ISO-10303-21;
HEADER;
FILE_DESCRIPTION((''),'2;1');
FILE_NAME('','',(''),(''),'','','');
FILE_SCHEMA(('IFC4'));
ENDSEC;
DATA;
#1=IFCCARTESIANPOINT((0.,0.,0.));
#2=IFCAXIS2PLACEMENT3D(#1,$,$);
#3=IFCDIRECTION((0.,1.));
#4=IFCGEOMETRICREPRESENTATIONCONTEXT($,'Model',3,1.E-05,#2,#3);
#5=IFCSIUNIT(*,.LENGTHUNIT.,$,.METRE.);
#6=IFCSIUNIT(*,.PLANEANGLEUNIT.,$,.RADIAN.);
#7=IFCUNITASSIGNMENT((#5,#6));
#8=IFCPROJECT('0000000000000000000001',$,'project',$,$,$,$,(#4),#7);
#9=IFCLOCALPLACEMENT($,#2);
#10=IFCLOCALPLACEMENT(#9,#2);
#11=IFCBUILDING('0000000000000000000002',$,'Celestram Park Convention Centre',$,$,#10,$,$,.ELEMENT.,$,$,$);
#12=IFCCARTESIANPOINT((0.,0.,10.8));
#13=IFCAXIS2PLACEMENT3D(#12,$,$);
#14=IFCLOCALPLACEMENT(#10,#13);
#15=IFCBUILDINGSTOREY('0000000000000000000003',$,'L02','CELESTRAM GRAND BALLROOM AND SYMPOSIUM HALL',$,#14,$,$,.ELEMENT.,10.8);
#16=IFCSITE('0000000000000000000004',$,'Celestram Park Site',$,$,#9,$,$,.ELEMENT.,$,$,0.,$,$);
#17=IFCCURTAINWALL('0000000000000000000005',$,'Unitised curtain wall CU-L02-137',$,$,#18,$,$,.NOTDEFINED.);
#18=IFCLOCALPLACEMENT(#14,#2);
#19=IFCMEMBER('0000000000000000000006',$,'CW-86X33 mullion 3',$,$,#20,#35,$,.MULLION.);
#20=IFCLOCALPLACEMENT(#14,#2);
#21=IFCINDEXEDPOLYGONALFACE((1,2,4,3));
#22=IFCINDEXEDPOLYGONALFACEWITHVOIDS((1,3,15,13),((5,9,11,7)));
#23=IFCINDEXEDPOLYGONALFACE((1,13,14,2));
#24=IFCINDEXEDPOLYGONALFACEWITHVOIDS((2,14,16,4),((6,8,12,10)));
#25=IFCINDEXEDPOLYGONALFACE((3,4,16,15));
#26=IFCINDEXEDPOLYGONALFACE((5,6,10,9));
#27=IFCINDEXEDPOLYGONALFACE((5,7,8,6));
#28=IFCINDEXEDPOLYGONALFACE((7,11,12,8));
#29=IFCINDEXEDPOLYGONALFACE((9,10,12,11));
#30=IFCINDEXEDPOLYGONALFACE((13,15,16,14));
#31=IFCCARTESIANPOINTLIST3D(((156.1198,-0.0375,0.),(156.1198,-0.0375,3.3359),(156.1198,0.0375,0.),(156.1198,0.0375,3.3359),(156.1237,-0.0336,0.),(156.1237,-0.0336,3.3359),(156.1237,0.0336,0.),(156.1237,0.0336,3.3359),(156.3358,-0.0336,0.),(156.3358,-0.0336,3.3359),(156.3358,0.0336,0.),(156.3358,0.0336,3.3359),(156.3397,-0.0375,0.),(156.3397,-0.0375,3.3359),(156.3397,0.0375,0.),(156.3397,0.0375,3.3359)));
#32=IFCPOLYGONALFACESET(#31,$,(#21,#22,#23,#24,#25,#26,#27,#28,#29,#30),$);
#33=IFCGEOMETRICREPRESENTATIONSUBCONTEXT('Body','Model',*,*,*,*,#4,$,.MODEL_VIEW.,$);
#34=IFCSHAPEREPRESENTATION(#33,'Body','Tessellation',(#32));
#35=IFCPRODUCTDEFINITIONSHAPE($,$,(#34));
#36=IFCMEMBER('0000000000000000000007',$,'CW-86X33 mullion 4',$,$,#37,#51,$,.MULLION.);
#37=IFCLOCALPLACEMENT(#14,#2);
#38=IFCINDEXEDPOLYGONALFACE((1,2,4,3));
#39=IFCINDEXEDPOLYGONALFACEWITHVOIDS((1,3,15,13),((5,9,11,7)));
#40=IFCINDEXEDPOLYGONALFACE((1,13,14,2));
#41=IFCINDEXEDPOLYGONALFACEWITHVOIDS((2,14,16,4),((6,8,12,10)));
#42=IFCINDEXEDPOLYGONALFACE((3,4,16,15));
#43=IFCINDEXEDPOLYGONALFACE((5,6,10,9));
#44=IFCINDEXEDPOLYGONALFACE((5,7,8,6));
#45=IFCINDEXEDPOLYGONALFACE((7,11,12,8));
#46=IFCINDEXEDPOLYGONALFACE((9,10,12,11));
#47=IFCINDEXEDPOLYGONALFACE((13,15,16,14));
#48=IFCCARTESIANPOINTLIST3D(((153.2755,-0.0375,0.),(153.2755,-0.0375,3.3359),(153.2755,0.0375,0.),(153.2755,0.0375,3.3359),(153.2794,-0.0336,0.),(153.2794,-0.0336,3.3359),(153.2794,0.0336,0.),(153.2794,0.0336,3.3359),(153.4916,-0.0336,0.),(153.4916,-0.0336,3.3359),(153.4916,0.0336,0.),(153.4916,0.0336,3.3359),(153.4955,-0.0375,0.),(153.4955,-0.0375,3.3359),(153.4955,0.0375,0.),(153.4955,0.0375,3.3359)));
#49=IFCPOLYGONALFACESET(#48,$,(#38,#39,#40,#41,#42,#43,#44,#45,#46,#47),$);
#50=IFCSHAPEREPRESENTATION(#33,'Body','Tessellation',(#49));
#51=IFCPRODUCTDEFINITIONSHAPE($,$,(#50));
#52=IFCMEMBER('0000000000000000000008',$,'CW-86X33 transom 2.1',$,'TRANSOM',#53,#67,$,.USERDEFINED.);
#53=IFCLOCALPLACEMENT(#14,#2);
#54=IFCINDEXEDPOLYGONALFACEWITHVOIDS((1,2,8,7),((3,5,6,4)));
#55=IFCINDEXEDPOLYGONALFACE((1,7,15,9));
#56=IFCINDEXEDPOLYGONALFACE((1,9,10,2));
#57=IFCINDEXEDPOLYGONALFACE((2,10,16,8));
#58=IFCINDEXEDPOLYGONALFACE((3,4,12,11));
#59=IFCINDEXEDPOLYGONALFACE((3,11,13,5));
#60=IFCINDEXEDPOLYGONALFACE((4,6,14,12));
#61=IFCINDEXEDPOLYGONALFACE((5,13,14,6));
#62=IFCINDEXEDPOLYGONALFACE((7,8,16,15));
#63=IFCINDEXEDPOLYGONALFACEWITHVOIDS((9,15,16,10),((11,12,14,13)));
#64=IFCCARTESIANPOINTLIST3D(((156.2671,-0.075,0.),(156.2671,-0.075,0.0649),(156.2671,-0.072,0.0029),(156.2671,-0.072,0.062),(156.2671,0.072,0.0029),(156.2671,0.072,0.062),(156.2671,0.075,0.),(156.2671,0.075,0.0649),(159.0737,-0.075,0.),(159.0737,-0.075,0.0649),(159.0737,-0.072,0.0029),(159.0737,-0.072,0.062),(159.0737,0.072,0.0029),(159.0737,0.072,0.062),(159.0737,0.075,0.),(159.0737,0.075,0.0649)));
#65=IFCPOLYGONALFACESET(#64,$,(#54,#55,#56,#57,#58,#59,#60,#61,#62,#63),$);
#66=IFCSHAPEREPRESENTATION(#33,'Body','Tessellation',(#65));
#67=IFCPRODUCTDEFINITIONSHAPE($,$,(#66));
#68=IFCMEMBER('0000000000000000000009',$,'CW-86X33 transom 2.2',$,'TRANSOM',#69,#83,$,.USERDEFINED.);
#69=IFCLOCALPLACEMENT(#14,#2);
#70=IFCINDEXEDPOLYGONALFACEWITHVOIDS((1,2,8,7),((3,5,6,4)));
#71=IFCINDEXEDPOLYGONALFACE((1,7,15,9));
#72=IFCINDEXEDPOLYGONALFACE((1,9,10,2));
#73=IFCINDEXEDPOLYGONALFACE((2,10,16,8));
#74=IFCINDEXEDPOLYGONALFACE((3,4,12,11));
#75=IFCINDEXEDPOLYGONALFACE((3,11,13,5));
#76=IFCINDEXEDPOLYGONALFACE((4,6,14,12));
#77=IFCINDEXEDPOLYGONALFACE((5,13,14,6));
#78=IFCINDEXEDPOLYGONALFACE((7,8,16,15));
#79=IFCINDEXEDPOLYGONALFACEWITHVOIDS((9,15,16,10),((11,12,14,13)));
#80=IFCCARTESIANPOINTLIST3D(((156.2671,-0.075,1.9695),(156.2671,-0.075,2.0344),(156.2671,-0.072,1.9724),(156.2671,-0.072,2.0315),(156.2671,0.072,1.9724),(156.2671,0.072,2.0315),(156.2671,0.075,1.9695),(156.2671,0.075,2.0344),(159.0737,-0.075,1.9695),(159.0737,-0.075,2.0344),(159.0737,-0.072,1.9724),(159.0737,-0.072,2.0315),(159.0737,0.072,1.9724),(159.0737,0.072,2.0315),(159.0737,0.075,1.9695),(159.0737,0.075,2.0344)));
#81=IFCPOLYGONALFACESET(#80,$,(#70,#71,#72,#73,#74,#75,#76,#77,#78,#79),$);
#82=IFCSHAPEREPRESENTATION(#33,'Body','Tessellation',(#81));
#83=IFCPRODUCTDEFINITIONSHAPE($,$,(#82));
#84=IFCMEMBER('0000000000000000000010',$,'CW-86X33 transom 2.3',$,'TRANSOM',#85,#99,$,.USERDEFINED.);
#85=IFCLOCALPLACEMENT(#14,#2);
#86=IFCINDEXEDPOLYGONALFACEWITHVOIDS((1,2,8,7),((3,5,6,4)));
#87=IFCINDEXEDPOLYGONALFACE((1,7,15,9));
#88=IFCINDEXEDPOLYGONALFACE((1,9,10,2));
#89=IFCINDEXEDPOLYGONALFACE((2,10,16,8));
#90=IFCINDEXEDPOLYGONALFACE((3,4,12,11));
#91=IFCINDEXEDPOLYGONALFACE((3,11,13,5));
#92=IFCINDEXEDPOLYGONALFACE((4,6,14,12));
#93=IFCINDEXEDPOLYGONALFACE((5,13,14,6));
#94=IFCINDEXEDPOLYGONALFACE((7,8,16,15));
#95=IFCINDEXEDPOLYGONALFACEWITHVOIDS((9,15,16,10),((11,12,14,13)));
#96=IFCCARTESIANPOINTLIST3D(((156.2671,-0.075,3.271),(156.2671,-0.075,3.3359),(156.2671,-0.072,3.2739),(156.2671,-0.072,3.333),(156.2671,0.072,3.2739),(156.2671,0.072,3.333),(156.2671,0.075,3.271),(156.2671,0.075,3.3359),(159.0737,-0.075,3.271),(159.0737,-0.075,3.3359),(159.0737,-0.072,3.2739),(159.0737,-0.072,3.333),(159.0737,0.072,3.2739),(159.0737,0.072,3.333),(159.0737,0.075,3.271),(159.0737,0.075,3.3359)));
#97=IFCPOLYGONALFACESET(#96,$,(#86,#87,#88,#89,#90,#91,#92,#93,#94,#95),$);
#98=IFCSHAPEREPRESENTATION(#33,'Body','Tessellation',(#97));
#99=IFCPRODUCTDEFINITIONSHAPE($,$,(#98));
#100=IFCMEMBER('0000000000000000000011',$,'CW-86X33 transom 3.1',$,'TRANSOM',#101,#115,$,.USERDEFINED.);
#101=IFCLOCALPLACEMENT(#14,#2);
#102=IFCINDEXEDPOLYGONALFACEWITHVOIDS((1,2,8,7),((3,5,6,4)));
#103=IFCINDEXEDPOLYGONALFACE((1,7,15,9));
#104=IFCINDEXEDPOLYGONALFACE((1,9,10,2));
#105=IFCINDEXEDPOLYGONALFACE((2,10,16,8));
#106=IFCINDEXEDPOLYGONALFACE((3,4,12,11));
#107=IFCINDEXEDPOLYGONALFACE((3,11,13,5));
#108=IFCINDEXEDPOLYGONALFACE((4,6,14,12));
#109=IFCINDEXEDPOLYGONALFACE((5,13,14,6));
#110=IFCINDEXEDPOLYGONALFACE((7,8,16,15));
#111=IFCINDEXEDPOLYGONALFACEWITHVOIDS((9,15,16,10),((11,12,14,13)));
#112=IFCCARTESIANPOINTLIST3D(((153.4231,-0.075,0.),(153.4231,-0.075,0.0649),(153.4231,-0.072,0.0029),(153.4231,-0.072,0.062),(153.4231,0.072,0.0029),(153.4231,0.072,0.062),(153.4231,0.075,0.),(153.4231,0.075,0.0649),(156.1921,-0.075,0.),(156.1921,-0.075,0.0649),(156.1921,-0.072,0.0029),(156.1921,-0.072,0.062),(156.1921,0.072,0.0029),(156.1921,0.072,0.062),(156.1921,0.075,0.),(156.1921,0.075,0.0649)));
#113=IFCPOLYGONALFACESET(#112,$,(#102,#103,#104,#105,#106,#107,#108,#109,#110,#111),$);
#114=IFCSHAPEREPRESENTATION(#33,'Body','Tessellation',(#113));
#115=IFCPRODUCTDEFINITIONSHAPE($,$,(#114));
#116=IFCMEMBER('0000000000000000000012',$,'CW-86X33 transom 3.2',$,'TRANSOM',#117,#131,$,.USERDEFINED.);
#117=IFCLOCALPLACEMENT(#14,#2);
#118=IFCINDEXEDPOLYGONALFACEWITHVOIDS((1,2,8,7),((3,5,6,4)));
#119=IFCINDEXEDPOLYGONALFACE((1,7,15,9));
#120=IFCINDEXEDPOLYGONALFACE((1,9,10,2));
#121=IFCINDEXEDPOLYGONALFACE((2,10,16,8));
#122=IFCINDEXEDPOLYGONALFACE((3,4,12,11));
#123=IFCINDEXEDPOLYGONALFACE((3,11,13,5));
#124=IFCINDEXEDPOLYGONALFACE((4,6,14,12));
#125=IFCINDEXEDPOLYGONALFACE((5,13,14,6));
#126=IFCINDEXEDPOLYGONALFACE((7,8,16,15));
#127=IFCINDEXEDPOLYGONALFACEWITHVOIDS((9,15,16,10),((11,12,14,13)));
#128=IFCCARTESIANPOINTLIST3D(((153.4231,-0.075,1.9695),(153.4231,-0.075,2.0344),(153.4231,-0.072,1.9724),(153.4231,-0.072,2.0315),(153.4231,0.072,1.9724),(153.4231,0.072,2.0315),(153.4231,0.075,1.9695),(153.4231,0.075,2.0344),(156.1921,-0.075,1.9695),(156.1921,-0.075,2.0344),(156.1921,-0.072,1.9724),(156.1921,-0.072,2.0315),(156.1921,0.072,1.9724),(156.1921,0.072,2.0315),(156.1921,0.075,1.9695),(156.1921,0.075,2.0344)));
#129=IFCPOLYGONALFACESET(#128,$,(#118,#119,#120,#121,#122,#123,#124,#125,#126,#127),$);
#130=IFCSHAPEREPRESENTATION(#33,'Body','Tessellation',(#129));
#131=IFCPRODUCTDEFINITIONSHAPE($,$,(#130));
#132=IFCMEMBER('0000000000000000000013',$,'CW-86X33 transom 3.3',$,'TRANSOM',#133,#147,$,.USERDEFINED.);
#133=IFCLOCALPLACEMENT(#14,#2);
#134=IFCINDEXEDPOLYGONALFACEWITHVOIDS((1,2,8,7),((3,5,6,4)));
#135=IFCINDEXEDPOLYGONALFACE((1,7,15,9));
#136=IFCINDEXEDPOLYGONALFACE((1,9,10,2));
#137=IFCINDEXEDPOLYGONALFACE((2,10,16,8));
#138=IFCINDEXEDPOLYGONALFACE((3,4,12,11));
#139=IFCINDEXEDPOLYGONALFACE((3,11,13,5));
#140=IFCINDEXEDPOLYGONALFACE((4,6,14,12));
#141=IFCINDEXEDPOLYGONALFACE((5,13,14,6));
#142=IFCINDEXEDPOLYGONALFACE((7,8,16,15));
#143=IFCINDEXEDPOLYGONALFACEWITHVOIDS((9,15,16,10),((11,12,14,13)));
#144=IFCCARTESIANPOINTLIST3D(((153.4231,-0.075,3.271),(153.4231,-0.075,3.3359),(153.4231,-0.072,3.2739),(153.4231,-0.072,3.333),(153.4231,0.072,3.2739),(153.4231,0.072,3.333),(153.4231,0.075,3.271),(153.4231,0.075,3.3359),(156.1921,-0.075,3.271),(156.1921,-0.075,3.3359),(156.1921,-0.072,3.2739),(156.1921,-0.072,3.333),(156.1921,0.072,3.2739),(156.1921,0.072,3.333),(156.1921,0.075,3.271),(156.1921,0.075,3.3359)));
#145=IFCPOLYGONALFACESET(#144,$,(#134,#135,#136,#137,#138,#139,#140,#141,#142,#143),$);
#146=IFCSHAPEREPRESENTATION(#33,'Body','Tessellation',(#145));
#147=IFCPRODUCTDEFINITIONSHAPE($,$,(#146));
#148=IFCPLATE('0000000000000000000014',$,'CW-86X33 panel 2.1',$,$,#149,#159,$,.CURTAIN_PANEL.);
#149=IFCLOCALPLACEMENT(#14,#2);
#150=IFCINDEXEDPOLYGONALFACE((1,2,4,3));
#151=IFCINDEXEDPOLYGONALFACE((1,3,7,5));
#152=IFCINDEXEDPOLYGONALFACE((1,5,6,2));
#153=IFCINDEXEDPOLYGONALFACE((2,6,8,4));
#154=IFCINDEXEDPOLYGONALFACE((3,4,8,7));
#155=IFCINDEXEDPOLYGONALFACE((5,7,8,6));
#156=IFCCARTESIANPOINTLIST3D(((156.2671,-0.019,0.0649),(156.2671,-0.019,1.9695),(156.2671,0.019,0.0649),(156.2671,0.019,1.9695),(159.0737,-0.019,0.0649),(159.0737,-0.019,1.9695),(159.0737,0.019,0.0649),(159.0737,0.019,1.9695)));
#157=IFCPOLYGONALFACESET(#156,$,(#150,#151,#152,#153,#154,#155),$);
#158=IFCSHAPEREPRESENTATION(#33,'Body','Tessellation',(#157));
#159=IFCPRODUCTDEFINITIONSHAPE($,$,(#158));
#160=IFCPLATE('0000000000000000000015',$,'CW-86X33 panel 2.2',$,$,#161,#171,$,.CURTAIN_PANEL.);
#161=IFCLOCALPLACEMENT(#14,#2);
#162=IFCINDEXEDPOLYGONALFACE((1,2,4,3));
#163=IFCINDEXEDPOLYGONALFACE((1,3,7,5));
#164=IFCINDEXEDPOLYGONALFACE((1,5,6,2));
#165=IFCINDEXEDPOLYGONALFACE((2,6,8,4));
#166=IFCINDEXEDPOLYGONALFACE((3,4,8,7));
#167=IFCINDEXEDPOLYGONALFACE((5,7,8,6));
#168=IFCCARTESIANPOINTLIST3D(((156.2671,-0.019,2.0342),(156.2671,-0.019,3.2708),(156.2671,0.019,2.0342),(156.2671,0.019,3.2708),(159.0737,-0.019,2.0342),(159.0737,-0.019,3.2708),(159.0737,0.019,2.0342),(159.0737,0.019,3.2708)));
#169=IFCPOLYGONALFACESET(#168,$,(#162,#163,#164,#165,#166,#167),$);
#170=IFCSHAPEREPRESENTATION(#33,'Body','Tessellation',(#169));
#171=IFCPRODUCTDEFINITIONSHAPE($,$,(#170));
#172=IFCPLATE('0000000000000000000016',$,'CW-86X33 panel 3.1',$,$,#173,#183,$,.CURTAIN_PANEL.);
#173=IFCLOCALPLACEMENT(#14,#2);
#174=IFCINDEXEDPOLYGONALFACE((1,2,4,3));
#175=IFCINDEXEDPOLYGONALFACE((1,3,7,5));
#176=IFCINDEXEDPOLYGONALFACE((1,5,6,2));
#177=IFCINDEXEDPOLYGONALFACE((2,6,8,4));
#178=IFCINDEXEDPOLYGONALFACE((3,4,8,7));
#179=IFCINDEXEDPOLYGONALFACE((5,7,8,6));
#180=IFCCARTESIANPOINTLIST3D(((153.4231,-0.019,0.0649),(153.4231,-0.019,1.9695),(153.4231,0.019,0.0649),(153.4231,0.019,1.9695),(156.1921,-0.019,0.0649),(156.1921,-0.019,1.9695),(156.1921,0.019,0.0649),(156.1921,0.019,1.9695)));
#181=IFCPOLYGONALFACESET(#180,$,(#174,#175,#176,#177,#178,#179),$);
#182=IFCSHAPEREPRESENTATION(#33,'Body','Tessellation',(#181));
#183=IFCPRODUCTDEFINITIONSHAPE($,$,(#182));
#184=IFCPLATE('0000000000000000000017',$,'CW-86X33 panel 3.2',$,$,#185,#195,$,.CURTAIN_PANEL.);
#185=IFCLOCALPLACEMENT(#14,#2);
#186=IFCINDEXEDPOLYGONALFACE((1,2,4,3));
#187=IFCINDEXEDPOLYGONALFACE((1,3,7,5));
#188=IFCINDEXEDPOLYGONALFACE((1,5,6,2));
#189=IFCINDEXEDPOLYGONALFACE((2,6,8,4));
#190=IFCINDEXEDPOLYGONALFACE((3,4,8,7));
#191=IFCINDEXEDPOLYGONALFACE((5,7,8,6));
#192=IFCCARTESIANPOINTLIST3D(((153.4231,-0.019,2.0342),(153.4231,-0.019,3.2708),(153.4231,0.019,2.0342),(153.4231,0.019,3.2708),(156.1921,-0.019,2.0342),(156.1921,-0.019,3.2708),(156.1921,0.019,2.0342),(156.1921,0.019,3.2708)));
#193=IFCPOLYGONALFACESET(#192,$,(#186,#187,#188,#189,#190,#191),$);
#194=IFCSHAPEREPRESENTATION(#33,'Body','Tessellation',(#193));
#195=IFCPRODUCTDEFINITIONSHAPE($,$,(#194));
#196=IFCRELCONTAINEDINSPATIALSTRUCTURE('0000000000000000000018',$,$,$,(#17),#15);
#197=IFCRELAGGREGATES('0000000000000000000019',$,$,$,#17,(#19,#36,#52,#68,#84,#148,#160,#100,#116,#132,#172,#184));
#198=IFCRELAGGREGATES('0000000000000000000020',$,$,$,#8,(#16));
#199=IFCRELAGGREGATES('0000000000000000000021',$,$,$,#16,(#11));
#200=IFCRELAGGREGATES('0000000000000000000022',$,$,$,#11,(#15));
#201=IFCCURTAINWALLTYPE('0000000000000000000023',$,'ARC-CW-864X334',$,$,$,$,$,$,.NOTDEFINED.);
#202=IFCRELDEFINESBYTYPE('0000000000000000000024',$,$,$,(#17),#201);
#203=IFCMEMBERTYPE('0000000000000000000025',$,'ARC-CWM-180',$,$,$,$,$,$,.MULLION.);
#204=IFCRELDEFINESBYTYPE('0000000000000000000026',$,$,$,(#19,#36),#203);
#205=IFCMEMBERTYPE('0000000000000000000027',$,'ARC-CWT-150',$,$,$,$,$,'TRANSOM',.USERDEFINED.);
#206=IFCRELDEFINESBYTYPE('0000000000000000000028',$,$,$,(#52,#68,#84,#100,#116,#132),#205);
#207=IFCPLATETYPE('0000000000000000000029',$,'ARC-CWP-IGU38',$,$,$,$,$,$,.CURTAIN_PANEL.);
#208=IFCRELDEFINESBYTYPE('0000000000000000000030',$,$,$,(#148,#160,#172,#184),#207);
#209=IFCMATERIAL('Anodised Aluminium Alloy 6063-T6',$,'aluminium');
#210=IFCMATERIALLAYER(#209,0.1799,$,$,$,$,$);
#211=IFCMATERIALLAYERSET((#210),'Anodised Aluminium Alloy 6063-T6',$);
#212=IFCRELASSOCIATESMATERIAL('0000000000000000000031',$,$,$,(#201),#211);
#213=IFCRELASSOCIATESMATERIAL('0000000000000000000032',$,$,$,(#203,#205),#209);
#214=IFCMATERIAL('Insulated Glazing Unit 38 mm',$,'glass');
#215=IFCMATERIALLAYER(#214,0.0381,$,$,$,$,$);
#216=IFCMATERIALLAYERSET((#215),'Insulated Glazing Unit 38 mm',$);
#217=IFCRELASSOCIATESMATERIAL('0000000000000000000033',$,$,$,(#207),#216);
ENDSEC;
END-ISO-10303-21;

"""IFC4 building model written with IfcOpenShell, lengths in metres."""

from ifc_helpers import new_model, si_unit, direction, frame, origin, origin_2d, place, context, subcontext, project, spatial, rectangle, hollow_rectangle, extrude, material, layer, layer_set, material_profile, profile_set, type_object, element, aggregate, save


model = new_model("IFC4")

# Units and contexts
model_context = context("Model", 3, precision=1e-05, world=origin(), true_north=direction((0.0, 1.0)))
body_context = subcontext(model_context, "Body", "Model", "MODEL_VIEW")
ifc_project = project(units=[si_unit("LENGTHUNIT", "METRE"), si_unit("PLANEANGLEUNIT", "RADIAN")], contexts=[model_context])

# Site, building, storey
site_placement = place(None, origin())
site = spatial("IfcSite", under=ifc_project, at=site_placement, Name="Celestram Park Site", CompositionType="ELEMENT", RefElevation=0.0)
building_placement = place(site_placement, origin())
building = spatial("IfcBuilding", under=site, at=building_placement, Name="Celestram Park Convention Centre", CompositionType="ELEMENT")
storey_placement = place(building_placement, frame((0.0, 0.0, 10.8)))
storey = spatial("IfcBuildingStorey", under=building, at=storey_placement, Name="L02", Description="CELESTRAM GRAND BALLROOM AND SYMPOSIUM HALL", CompositionType="ELEMENT", Elevation=10.8)

# Curtain wall, members, plates
ifc_material_1 = material(Name="Anodised Aluminium Alloy 6063-T6", Category="aluminium")
ifc_layer_1 = layer(ifc_material_1, 0.1799)
ifc_layer_set_1 = layer_set([ifc_layer_1], Name="Anodised Aluminium Alloy 6063-T6")
curtain_wall_type = type_object("IfcCurtainWallType", Name="ARC-CW-864X334", PredefinedType="NOTDEFINED", material=ifc_layer_set_1)
curtain_wall_placement = place(storey_placement, origin())
curtain_wall = element("IfcCurtainWall", 1, at=curtain_wall_placement, inside=storey, type_object=curtain_wall_type, Name="Unitised curtain wall CU-L02-137", PredefinedType="NOTDEFINED")
ifc_material_profile_1 = material_profile(ifc_material_1, hollow_rectangle(XDim=0.075, YDim=0.22, WallThickness=0.0039, at=origin_2d()), Name="ALU75X220X4")
ifc_profile_set_1 = profile_set([ifc_material_profile_1], Name="Anodised Aluminium Alloy 6063-T6")
member_type_1 = type_object("IfcMemberType", Name="ARC-CWM-180", PredefinedType="MULLION", material=ifc_profile_set_1)
member_1_placement = place(storey_placement, frame((156.2297, 0.0, 0.0), z_axis=(0.0, 0.0, 1.0), x_axis=(0.0, -1.0, 0.0)))
member_1 = element("IfcMember", 2, at=member_1_placement, type_object=member_type_1, Name="CW-86X33 mullion 3", PredefinedType="MULLION", context=body_context, shape_type="SweptSolid", body=[
    extrude(hollow_rectangle(XDim=0.075, YDim=0.22, WallThickness=0.0039, at=origin_2d()), origin(), (0.0, 0.0, 1.0), 3.3359),
])
member_2_placement = place(storey_placement, frame((153.3855, 0.0, 0.0), z_axis=(0.0, 0.0, 1.0), x_axis=(0.0, -1.0, 0.0)))
member_2 = element("IfcMember", 3, at=member_2_placement, type_object=member_type_1, Name="CW-86X33 mullion 4", PredefinedType="MULLION", context=body_context, shape_type="SweptSolid", body=[
    extrude(hollow_rectangle(XDim=0.075, YDim=0.22, WallThickness=0.0039, at=origin_2d()), origin(), (0.0, 0.0, 1.0), 3.3359),
])
ifc_material_profile_2 = material_profile(ifc_material_1, hollow_rectangle(XDim=0.1499, YDim=0.0649, WallThickness=0.0029, at=origin_2d()), Name="ALU150X65X3")
ifc_profile_set_2 = profile_set([ifc_material_profile_2], Name="Anodised Aluminium Alloy 6063-T6")
member_type_2 = type_object("IfcMemberType", Name="ARC-CWT-150", ElementType="TRANSOM", PredefinedType="USERDEFINED", material=ifc_profile_set_2)
member_3_placement = place(storey_placement, frame((159.0737, 0.0, 0.0325), z_axis=(-1.0, 0.0, 0.0), x_axis=(0.0, -1.0, 0.0)))
member_3 = element("IfcMember", 4, at=member_3_placement, type_object=member_type_2, Name="CW-86X33 transom 2.1", ObjectType="TRANSOM", PredefinedType="USERDEFINED", context=body_context, shape_type="SweptSolid", body=[
    extrude(hollow_rectangle(XDim=0.1499, YDim=0.0649, WallThickness=0.0029, at=origin_2d()), origin(), (0.0, 0.0, 1.0), 2.8066),
])
member_4_placement = place(storey_placement, frame((159.0737, 0.0, 2.002), z_axis=(-1.0, 0.0, 0.0), x_axis=(0.0, -1.0, 0.0)))
member_4 = element("IfcMember", 5, at=member_4_placement, type_object=member_type_2, Name="CW-86X33 transom 2.2", ObjectType="TRANSOM", PredefinedType="USERDEFINED", context=body_context, shape_type="SweptSolid", body=[
    extrude(hollow_rectangle(XDim=0.1499, YDim=0.0649, WallThickness=0.0029, at=origin_2d()), origin(), (0.0, 0.0, 1.0), 2.8066),
])
member_5_placement = place(storey_placement, frame((159.0737, 0.0, 3.3035), z_axis=(-1.0, 0.0, 0.0), x_axis=(0.0, -1.0, 0.0)))
member_5 = element("IfcMember", 6, at=member_5_placement, type_object=member_type_2, Name="CW-86X33 transom 2.3", ObjectType="TRANSOM", PredefinedType="USERDEFINED", context=body_context, shape_type="SweptSolid", body=[
    extrude(hollow_rectangle(XDim=0.1499, YDim=0.0649, WallThickness=0.0029, at=origin_2d()), origin(), (0.0, 0.0, 1.0), 2.8066),
])
member_6_placement = place(storey_placement, frame((156.1921, 0.0, 0.0325), z_axis=(-1.0, 0.0, 0.0), x_axis=(0.0, -1.0, 0.0)))
member_6 = element("IfcMember", 7, at=member_6_placement, type_object=member_type_2, Name="CW-86X33 transom 3.1", ObjectType="TRANSOM", PredefinedType="USERDEFINED", context=body_context, shape_type="SweptSolid", body=[
    extrude(hollow_rectangle(XDim=0.1499, YDim=0.0649, WallThickness=0.0029, at=origin_2d()), origin(), (0.0, 0.0, 1.0), 2.769),
])
member_7_placement = place(storey_placement, frame((156.1921, 0.0, 2.002), z_axis=(-1.0, 0.0, 0.0), x_axis=(0.0, -1.0, 0.0)))
member_7 = element("IfcMember", 8, at=member_7_placement, type_object=member_type_2, Name="CW-86X33 transom 3.2", ObjectType="TRANSOM", PredefinedType="USERDEFINED", context=body_context, shape_type="SweptSolid", body=[
    extrude(hollow_rectangle(XDim=0.1499, YDim=0.0649, WallThickness=0.0029, at=origin_2d()), origin(), (0.0, 0.0, 1.0), 2.769),
])
member_8_placement = place(storey_placement, frame((156.1921, 0.0, 3.3035), z_axis=(-1.0, 0.0, 0.0), x_axis=(0.0, -1.0, 0.0)))
member_8 = element("IfcMember", 9, at=member_8_placement, type_object=member_type_2, Name="CW-86X33 transom 3.3", ObjectType="TRANSOM", PredefinedType="USERDEFINED", context=body_context, shape_type="SweptSolid", body=[
    extrude(hollow_rectangle(XDim=0.1499, YDim=0.0649, WallThickness=0.0029, at=origin_2d()), origin(), (0.0, 0.0, 1.0), 2.769),
])
ifc_material_2 = material(Name="Insulated Glazing Unit 38 mm", Category="glass")
ifc_layer_2 = layer(ifc_material_2, 0.0381)
ifc_layer_set_2 = layer_set([ifc_layer_2], Name="Insulated Glazing Unit 38 mm")
plate_type = type_object("IfcPlateType", Name="ARC-CWP-IGU38", PredefinedType="CURTAIN_PANEL", material=ifc_layer_set_2)
plate_1_placement = place(storey_placement, frame((157.6704, 0.0, 0.0649), z_axis=(0.0, 0.0, 1.0), x_axis=(-1.0, 0.0, 0.0)))
plate_1 = element("IfcPlate", 10, at=plate_1_placement, type_object=plate_type, Name="CW-86X33 panel 2.1", PredefinedType="CURTAIN_PANEL", context=body_context, shape_type="SweptSolid", body=[
    extrude(rectangle(XDim=2.8066, YDim=0.0381, at=origin_2d()), origin(), (0.0, 0.0, 1.0), 1.9045),
])
plate_2_placement = place(storey_placement, frame((157.6704, 0.0, 2.0342), z_axis=(0.0, 0.0, 1.0), x_axis=(-1.0, 0.0, 0.0)))
plate_2 = element("IfcPlate", 11, at=plate_2_placement, type_object=plate_type, Name="CW-86X33 panel 2.2", PredefinedType="CURTAIN_PANEL", context=body_context, shape_type="SweptSolid", body=[
    extrude(rectangle(XDim=2.8066, YDim=0.0381, at=origin_2d()), origin(), (0.0, 0.0, 1.0), 1.2366),
])
plate_3_placement = place(storey_placement, frame((154.8076, 0.0, 0.0649), z_axis=(0.0, 0.0, 1.0), x_axis=(-1.0, 0.0, 0.0)))
plate_3 = element("IfcPlate", 12, at=plate_3_placement, type_object=plate_type, Name="CW-86X33 panel 3.1", PredefinedType="CURTAIN_PANEL", context=body_context, shape_type="SweptSolid", body=[
    extrude(rectangle(XDim=2.769, YDim=0.0381, at=origin_2d()), origin(), (0.0, 0.0, 1.0), 1.9045),
])
plate_4_placement = place(storey_placement, frame((154.8076, 0.0, 2.0342), z_axis=(0.0, 0.0, 1.0), x_axis=(-1.0, 0.0, 0.0)))
plate_4 = element("IfcPlate", 13, at=plate_4_placement, type_object=plate_type, Name="CW-86X33 panel 3.2", PredefinedType="CURTAIN_PANEL", context=body_context, shape_type="SweptSolid", body=[
    extrude(rectangle(XDim=2.769, YDim=0.0381, at=origin_2d()), origin(), (0.0, 0.0, 1.0), 1.2366),
])
aggregate(curtain_wall, [member_1, member_2, member_3, member_4, member_5, plate_1, plate_2, member_6, member_7, member_8, plate_3, plate_4])

save(model, "model.ifc")
